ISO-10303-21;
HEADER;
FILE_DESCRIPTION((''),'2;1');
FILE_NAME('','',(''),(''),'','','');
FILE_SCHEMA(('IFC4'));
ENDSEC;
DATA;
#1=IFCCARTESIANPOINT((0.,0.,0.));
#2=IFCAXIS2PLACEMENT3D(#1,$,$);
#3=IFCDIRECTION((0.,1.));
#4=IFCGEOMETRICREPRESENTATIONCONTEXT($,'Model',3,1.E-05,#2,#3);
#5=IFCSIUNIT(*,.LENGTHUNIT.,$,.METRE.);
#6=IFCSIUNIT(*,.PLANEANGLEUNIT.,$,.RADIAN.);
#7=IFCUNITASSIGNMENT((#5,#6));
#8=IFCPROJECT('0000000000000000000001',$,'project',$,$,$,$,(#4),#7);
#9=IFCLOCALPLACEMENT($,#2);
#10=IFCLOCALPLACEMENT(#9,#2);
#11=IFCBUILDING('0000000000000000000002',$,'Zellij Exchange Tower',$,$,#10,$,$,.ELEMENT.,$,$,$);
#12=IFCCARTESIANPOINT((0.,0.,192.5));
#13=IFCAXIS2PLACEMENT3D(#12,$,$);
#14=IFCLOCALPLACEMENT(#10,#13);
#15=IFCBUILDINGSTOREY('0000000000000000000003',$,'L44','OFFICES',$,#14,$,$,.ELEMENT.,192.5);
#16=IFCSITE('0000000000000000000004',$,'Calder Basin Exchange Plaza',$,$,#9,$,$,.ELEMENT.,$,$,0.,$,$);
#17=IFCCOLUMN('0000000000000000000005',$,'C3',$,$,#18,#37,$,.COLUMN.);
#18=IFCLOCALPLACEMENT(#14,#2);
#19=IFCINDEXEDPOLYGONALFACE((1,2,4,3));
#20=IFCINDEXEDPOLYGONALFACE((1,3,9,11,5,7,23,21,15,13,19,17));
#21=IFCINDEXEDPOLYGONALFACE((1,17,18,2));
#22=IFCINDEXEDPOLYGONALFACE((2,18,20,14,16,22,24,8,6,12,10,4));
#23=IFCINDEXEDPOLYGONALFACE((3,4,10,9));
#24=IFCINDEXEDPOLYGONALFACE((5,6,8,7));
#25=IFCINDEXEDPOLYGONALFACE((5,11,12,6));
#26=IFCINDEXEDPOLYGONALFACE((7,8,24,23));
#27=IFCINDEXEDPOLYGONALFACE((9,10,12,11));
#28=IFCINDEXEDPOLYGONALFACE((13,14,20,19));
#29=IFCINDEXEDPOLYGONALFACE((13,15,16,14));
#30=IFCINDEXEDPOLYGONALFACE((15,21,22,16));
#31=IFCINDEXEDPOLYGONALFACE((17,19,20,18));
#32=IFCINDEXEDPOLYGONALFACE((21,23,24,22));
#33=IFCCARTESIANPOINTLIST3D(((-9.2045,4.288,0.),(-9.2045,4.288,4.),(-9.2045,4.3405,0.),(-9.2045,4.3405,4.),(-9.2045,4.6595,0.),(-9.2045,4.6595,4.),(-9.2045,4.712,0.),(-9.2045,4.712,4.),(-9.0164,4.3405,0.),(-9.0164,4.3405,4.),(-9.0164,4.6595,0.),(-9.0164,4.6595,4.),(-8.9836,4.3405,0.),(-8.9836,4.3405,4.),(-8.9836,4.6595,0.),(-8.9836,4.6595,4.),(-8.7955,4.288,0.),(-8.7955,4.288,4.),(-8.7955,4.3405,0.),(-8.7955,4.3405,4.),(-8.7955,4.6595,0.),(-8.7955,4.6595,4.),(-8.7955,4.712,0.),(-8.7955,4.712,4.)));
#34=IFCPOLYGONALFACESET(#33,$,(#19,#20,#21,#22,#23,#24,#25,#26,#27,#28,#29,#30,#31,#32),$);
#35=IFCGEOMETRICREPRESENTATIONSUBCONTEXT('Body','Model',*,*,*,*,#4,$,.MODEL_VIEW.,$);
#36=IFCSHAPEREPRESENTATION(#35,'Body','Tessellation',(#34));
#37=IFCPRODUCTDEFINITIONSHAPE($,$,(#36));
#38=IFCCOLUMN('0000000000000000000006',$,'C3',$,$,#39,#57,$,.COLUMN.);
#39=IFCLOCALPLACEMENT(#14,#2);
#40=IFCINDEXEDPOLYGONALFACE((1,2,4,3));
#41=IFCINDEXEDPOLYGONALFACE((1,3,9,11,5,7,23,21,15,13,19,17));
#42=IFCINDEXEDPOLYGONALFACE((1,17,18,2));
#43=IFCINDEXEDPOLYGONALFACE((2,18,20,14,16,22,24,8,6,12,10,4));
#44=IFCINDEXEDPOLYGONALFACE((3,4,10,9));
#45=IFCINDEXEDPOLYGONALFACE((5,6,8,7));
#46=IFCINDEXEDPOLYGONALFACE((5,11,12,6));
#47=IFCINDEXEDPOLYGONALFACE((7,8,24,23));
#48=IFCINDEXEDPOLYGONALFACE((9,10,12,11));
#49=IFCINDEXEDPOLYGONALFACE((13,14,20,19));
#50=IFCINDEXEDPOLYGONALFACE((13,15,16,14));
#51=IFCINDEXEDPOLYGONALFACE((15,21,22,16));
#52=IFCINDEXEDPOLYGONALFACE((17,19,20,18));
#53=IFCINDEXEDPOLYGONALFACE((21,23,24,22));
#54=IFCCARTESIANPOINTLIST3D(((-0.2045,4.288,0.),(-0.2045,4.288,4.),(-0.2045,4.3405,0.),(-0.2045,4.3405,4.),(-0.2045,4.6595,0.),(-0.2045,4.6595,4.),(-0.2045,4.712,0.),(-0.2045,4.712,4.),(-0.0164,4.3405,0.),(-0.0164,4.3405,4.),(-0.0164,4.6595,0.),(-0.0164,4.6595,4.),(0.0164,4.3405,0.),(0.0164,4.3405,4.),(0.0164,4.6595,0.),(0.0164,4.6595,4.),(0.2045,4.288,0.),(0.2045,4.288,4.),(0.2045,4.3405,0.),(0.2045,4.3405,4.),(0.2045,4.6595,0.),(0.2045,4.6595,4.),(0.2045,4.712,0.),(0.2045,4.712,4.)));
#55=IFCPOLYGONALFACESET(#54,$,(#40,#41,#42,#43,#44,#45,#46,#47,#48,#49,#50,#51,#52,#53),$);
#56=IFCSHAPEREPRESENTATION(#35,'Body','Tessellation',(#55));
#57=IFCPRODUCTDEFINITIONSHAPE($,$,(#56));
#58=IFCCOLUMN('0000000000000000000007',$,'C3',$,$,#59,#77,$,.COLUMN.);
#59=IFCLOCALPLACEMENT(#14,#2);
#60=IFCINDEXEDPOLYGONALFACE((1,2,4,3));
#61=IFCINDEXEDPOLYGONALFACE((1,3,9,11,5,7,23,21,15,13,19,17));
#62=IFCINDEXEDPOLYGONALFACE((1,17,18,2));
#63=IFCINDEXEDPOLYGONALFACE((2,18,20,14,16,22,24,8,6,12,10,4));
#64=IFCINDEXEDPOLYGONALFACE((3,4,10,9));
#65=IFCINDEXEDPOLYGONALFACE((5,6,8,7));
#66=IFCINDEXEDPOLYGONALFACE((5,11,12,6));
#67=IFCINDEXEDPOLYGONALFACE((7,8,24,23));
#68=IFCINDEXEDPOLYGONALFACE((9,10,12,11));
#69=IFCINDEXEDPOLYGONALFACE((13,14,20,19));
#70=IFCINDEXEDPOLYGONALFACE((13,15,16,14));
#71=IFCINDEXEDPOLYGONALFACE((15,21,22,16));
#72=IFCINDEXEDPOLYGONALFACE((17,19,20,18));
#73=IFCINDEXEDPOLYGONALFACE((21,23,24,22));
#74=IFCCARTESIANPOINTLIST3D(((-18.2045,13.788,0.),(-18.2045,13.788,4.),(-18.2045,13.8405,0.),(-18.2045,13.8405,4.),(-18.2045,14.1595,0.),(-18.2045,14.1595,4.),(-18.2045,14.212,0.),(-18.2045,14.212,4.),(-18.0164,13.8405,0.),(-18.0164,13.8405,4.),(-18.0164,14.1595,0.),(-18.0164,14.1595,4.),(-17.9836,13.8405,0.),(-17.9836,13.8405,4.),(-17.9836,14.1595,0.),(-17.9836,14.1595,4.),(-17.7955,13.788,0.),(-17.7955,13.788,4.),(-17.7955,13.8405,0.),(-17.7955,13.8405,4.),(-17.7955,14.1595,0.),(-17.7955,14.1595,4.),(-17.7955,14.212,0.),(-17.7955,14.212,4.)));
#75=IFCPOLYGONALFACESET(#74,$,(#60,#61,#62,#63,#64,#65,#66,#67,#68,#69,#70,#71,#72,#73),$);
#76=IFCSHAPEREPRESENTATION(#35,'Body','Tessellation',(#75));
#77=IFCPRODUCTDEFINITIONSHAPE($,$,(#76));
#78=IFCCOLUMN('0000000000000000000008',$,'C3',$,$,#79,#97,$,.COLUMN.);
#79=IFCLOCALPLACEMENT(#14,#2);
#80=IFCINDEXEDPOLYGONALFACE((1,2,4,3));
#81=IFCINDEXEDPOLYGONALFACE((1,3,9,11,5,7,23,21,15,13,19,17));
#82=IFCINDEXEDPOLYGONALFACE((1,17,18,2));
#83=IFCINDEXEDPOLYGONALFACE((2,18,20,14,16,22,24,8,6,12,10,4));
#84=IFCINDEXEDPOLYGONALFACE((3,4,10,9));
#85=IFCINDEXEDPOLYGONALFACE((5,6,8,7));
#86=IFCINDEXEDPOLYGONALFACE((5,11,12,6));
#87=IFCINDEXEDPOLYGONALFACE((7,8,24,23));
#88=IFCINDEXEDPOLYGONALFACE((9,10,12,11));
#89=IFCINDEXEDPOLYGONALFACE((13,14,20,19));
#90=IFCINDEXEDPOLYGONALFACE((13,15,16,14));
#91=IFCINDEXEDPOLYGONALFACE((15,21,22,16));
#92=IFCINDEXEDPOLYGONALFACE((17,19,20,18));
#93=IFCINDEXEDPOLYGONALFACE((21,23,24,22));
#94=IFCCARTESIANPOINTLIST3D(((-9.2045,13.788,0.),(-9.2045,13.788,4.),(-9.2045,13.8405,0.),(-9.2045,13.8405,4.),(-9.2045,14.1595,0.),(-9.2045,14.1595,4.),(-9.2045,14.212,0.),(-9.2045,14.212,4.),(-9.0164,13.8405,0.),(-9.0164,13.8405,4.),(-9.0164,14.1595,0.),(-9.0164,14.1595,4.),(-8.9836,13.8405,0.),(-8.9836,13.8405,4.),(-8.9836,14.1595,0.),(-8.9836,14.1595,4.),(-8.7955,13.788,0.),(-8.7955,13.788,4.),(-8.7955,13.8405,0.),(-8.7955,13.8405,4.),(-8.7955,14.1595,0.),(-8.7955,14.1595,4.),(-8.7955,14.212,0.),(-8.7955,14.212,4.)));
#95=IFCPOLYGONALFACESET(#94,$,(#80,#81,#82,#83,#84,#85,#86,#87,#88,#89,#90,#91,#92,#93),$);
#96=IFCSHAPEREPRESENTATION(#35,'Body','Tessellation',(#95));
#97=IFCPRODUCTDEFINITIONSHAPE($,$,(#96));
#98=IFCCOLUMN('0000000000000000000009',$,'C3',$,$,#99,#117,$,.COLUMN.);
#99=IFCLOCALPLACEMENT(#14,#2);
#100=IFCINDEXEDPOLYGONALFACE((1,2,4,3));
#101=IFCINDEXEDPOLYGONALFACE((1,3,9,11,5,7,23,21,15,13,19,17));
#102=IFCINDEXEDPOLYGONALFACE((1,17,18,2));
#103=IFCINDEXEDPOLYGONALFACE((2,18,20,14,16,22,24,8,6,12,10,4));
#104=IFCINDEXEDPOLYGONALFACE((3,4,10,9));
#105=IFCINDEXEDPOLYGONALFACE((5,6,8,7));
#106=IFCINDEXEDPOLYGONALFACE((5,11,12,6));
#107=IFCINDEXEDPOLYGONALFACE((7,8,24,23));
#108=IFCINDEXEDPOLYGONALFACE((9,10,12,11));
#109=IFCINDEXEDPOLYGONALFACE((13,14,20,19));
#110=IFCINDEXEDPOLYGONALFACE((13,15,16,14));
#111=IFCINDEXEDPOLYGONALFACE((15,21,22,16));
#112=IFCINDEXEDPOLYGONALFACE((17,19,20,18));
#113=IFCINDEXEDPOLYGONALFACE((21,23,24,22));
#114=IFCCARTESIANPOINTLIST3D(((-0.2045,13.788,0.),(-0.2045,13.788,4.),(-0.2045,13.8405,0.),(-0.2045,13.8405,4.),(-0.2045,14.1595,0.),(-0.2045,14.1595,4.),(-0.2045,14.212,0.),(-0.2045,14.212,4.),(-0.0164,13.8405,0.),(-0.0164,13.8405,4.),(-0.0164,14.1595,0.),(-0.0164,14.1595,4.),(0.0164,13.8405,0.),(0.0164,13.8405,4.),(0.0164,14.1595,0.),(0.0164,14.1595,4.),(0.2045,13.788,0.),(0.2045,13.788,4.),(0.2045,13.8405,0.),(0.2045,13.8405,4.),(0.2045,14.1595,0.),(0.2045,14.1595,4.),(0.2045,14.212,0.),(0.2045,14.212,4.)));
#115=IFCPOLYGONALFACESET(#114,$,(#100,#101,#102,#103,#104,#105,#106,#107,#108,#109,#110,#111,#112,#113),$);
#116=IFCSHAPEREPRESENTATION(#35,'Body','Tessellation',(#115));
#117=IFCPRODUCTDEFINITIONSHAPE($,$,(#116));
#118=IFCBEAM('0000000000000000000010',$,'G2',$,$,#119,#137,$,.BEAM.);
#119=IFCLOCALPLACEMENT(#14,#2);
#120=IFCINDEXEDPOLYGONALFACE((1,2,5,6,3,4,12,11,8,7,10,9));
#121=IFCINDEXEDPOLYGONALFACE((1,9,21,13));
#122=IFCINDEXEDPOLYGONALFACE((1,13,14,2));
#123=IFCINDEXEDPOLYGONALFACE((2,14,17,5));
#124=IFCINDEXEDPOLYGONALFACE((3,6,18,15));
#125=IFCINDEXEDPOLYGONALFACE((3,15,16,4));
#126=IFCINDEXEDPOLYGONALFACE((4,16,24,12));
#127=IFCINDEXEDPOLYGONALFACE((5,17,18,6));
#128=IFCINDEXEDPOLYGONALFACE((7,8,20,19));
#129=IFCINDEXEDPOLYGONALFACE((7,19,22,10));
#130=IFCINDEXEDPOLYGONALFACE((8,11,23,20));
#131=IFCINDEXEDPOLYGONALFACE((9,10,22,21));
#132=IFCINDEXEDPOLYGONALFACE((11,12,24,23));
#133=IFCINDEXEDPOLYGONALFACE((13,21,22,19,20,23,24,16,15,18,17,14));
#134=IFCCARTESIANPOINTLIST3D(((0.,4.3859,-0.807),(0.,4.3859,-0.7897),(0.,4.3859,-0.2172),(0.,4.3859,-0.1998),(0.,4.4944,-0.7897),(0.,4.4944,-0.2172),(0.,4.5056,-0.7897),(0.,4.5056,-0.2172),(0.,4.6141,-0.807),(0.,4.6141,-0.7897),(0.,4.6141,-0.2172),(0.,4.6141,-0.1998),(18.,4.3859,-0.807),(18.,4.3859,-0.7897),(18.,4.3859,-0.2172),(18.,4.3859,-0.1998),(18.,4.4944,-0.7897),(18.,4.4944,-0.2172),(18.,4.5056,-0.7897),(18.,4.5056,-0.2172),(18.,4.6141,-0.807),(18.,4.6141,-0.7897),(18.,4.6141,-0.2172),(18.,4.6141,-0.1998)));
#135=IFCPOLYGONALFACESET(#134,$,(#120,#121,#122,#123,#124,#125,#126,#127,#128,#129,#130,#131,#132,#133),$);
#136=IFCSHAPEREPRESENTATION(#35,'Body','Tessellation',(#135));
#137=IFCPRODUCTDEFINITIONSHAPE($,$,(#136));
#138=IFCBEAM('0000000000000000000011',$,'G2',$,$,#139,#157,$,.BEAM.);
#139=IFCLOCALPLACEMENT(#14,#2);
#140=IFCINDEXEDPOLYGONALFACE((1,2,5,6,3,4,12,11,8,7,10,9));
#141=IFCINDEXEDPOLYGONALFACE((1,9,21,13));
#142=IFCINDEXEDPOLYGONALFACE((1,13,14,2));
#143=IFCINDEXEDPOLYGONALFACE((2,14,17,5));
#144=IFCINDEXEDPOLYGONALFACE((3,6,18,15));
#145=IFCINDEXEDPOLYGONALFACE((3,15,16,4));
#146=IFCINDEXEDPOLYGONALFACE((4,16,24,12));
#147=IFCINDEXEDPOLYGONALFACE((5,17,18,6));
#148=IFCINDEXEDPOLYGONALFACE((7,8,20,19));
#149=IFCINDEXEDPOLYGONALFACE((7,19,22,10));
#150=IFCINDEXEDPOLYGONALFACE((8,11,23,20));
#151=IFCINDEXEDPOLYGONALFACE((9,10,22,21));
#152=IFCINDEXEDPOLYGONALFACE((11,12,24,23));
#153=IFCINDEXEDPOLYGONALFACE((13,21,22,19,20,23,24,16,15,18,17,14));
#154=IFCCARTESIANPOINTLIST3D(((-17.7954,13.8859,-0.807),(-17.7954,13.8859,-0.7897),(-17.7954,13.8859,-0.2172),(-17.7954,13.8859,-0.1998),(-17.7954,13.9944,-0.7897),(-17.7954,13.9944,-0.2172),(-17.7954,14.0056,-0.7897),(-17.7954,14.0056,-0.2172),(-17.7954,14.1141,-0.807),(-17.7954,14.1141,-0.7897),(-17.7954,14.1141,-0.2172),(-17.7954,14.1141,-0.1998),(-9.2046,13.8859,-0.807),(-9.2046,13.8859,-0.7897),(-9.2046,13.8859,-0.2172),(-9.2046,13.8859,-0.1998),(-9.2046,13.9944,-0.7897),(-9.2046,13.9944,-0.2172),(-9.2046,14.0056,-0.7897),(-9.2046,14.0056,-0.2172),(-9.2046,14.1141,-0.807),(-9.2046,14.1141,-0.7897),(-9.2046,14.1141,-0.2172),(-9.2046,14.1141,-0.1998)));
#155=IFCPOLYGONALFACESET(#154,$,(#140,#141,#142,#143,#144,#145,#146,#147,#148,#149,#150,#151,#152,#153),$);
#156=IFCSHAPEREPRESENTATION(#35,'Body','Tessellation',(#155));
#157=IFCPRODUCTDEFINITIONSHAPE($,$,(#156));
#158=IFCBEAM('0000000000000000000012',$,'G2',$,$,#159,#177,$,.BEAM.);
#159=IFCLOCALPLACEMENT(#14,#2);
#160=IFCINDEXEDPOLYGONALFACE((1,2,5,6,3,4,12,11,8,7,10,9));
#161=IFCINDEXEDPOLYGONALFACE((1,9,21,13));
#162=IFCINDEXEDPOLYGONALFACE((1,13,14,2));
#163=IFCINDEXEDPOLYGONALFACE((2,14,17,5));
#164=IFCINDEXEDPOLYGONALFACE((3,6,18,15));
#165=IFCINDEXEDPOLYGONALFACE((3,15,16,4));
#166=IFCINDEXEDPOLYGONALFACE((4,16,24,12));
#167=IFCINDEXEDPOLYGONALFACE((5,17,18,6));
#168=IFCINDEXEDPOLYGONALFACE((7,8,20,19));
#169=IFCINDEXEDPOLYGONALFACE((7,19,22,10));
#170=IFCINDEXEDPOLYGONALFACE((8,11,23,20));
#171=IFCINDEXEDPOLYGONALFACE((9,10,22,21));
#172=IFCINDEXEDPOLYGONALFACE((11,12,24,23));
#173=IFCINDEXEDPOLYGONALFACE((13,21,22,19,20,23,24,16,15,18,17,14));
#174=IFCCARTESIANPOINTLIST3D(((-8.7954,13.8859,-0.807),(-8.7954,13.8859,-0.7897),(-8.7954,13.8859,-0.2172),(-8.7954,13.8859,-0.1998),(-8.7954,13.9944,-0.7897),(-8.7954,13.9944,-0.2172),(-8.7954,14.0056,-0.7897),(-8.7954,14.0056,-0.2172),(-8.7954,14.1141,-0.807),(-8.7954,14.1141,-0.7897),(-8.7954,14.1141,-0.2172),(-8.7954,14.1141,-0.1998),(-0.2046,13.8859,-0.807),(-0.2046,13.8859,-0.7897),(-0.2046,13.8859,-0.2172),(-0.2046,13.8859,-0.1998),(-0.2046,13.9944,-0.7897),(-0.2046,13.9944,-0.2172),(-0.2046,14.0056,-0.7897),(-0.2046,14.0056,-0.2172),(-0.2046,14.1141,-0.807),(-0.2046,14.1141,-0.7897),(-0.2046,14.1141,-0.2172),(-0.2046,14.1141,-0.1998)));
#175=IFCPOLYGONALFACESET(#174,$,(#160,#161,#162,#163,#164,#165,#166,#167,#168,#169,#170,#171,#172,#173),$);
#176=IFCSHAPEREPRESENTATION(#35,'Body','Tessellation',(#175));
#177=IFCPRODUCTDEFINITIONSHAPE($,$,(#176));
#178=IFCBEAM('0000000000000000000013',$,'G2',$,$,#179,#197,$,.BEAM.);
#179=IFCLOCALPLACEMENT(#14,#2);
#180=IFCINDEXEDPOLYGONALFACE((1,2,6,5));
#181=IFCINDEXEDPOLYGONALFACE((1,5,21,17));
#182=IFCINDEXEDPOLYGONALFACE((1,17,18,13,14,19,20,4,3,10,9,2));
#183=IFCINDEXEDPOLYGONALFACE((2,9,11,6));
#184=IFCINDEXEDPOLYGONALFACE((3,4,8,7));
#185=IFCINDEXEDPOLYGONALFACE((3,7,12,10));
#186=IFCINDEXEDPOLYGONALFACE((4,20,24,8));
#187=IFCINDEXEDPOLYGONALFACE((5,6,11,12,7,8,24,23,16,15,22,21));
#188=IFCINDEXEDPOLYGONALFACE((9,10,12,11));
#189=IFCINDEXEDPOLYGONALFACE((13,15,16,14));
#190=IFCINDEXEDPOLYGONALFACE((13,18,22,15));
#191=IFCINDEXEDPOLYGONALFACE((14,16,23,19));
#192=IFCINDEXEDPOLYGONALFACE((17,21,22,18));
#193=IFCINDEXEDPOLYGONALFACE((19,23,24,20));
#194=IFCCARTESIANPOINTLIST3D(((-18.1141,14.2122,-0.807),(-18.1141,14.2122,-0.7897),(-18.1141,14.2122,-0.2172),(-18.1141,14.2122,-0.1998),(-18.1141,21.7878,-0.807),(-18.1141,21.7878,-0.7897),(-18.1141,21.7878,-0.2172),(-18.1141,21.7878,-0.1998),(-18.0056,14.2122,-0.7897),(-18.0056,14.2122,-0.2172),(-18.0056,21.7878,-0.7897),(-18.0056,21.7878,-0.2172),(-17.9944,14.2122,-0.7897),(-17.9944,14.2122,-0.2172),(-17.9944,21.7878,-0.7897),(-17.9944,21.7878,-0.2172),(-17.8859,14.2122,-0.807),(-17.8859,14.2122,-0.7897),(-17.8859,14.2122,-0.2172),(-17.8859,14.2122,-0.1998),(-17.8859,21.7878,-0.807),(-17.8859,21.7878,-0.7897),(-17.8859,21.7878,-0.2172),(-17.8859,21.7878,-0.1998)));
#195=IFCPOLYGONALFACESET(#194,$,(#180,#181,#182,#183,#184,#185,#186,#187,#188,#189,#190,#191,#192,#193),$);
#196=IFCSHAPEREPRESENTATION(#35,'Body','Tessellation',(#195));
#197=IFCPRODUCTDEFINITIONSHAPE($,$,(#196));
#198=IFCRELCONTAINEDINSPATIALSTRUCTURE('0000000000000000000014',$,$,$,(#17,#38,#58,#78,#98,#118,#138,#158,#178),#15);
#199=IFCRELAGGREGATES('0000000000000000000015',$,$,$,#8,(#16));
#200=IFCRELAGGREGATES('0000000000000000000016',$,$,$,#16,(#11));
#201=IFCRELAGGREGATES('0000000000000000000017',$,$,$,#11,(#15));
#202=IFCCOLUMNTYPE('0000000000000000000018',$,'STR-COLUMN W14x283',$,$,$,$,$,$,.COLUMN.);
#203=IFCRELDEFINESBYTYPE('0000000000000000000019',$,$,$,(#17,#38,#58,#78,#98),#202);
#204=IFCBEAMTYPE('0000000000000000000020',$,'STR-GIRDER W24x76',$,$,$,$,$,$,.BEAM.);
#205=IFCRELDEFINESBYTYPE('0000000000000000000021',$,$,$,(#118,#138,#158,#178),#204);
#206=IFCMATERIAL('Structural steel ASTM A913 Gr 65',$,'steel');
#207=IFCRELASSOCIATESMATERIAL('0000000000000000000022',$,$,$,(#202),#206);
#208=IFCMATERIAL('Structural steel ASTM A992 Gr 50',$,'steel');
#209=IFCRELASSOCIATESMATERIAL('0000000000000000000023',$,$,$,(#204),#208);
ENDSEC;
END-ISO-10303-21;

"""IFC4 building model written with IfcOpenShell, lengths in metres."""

from ifc_helpers import new_model, si_unit, direction, frame, origin, origin_2d, place, context, subcontext, project, spatial, i_section, extrude, material, material_profile, profile_set, type_object, element, save


model = new_model("IFC4")

# Units and contexts
model_context = context("Model", 3, precision=1e-05, world=origin(), true_north=direction((0.0, 1.0)))
body_context = subcontext(model_context, "Body", "Model", "MODEL_VIEW")
ifc_project = project(units=[si_unit("LENGTHUNIT", "METRE"), si_unit("PLANEANGLEUNIT", "RADIAN")], contexts=[model_context])

# Site, building, storey
site_placement = place(None, origin())
site = spatial("IfcSite", under=ifc_project, at=site_placement, Name="Calder Basin Exchange Plaza", CompositionType="ELEMENT", RefElevation=0.0)
building_placement = place(site_placement, origin())
building = spatial("IfcBuilding", under=site, at=building_placement, Name="Zellij Exchange Tower", CompositionType="ELEMENT")
storey_placement = place(building_placement, frame((0.0, 0.0, 192.5)))
storey = spatial("IfcBuildingStorey", under=building, at=storey_placement, Name="L44", Description="OFFICES", CompositionType="ELEMENT", Elevation=192.5)

# Columns
ifc_material_1 = material(Name="Structural steel ASTM A913 Gr 65", Category="steel")
ifc_material_profile_1 = material_profile(ifc_material_1, i_section(OverallWidth=0.4089, OverallDepth=0.4241, WebThickness=0.0327, FlangeThickness=0.0525, at=origin_2d()), Name="W14x283")
ifc_profile_set_1 = profile_set([ifc_material_profile_1], Name="Structural steel ASTM A913 Gr 65")
column_type = type_object("IfcColumnType", Name="STR-COLUMN W14x283", PredefinedType="COLUMN", material=ifc_profile_set_1)
for number, where, z_axis, x_axis, name in (
    (1, (-9.0, 4.5, 0.0), (0.0, 0.0, 1.0), (1.0, 0.0, 0.0), "C3"),
    (2, (0.0, 4.5, 0.0), (0.0, 0.0, 1.0), (1.0, 0.0, 0.0), "C3"),
    (3, (-18.0, 14.0, 0.0), (0.0, 0.0, 1.0), (1.0, 0.0, 0.0), "C3"),
    (4, (-9.0, 14.0, 0.0), (0.0, 0.0, 1.0), (1.0, 0.0, 0.0), "C3"),
    (5, (0.0, 14.0, 0.0), (0.0, 0.0, 1.0), (1.0, 0.0, 0.0), "C3"),
):
    element("IfcColumn", number, at=place(storey_placement, frame(where, z_axis=z_axis, x_axis=x_axis)), inside=storey, type_object=column_type, Name=name, PredefinedType="COLUMN", context=body_context, shape_type="SweptSolid", body=[
        extrude(i_section(OverallWidth=0.4089, OverallDepth=0.4241, WebThickness=0.0327, FlangeThickness=0.0525, at=origin_2d()), origin(), (0.0, 0.0, 1.0), 4.0),
    ])

# Beams
ifc_material_2 = material(Name="Structural steel ASTM A992 Gr 50", Category="steel")
ifc_material_profile_2 = material_profile(ifc_material_2, i_section(OverallWidth=0.2283, OverallDepth=0.6072, WebThickness=0.0112, FlangeThickness=0.0173, at=origin_2d()), Name="W24x76")
ifc_profile_set_2 = profile_set([ifc_material_profile_2], Name="Structural steel ASTM A992 Gr 50")
beam_type = type_object("IfcBeamType", Name="STR-GIRDER W24x76", PredefinedType="BEAM", material=ifc_profile_set_2)
beam_1_placement = place(storey_placement, frame((0.0, 4.5, -0.5034), z_axis=(1.0, 0.0, 0.0), x_axis=(0.0, 1.0, 0.0)))
element("IfcBeam", 6, at=beam_1_placement, inside=storey, type_object=beam_type, Name="G2", PredefinedType="BEAM", context=body_context, shape_type="SweptSolid", body=[
    extrude(i_section(OverallWidth=0.2283, OverallDepth=0.6072, WebThickness=0.0112, FlangeThickness=0.0173, at=origin_2d()), origin(), (0.0, 0.0, 1.0), 18.0),
])
for number, where, z_axis, x_axis, name in (
    (7, (-17.7954, 14.0, -0.5034), (1.0, 0.0, 0.0), (0.0, 1.0, 0.0), "G2"),
    (8, (-8.7954, 14.0, -0.5034), (1.0, 0.0, 0.0), (0.0, 1.0, 0.0), "G2"),
):
    element("IfcBeam", number, at=place(storey_placement, frame(where, z_axis=z_axis, x_axis=x_axis)), inside=storey, type_object=beam_type, Name=name, PredefinedType="BEAM", context=body_context, shape_type="SweptSolid", body=[
        extrude(i_section(OverallWidth=0.2283, OverallDepth=0.6072, WebThickness=0.0112, FlangeThickness=0.0173, at=origin_2d()), origin(), (0.0, 0.0, 1.0), 8.5908),
    ])
beam_2_placement = place(storey_placement, frame((-18.0, 14.2122, -0.5034), z_axis=(0.0, 1.0, 0.0), x_axis=(-1.0, 0.0, 0.0)))
element("IfcBeam", 9, at=beam_2_placement, inside=storey, type_object=beam_type, Name="G2", PredefinedType="BEAM", context=body_context, shape_type="SweptSolid", body=[
    extrude(i_section(OverallWidth=0.2283, OverallDepth=0.6072, WebThickness=0.0112, FlangeThickness=0.0173, at=origin_2d()), origin(), (0.0, 0.0, 1.0), 7.5757),
])

save(model, "model.ifc")
